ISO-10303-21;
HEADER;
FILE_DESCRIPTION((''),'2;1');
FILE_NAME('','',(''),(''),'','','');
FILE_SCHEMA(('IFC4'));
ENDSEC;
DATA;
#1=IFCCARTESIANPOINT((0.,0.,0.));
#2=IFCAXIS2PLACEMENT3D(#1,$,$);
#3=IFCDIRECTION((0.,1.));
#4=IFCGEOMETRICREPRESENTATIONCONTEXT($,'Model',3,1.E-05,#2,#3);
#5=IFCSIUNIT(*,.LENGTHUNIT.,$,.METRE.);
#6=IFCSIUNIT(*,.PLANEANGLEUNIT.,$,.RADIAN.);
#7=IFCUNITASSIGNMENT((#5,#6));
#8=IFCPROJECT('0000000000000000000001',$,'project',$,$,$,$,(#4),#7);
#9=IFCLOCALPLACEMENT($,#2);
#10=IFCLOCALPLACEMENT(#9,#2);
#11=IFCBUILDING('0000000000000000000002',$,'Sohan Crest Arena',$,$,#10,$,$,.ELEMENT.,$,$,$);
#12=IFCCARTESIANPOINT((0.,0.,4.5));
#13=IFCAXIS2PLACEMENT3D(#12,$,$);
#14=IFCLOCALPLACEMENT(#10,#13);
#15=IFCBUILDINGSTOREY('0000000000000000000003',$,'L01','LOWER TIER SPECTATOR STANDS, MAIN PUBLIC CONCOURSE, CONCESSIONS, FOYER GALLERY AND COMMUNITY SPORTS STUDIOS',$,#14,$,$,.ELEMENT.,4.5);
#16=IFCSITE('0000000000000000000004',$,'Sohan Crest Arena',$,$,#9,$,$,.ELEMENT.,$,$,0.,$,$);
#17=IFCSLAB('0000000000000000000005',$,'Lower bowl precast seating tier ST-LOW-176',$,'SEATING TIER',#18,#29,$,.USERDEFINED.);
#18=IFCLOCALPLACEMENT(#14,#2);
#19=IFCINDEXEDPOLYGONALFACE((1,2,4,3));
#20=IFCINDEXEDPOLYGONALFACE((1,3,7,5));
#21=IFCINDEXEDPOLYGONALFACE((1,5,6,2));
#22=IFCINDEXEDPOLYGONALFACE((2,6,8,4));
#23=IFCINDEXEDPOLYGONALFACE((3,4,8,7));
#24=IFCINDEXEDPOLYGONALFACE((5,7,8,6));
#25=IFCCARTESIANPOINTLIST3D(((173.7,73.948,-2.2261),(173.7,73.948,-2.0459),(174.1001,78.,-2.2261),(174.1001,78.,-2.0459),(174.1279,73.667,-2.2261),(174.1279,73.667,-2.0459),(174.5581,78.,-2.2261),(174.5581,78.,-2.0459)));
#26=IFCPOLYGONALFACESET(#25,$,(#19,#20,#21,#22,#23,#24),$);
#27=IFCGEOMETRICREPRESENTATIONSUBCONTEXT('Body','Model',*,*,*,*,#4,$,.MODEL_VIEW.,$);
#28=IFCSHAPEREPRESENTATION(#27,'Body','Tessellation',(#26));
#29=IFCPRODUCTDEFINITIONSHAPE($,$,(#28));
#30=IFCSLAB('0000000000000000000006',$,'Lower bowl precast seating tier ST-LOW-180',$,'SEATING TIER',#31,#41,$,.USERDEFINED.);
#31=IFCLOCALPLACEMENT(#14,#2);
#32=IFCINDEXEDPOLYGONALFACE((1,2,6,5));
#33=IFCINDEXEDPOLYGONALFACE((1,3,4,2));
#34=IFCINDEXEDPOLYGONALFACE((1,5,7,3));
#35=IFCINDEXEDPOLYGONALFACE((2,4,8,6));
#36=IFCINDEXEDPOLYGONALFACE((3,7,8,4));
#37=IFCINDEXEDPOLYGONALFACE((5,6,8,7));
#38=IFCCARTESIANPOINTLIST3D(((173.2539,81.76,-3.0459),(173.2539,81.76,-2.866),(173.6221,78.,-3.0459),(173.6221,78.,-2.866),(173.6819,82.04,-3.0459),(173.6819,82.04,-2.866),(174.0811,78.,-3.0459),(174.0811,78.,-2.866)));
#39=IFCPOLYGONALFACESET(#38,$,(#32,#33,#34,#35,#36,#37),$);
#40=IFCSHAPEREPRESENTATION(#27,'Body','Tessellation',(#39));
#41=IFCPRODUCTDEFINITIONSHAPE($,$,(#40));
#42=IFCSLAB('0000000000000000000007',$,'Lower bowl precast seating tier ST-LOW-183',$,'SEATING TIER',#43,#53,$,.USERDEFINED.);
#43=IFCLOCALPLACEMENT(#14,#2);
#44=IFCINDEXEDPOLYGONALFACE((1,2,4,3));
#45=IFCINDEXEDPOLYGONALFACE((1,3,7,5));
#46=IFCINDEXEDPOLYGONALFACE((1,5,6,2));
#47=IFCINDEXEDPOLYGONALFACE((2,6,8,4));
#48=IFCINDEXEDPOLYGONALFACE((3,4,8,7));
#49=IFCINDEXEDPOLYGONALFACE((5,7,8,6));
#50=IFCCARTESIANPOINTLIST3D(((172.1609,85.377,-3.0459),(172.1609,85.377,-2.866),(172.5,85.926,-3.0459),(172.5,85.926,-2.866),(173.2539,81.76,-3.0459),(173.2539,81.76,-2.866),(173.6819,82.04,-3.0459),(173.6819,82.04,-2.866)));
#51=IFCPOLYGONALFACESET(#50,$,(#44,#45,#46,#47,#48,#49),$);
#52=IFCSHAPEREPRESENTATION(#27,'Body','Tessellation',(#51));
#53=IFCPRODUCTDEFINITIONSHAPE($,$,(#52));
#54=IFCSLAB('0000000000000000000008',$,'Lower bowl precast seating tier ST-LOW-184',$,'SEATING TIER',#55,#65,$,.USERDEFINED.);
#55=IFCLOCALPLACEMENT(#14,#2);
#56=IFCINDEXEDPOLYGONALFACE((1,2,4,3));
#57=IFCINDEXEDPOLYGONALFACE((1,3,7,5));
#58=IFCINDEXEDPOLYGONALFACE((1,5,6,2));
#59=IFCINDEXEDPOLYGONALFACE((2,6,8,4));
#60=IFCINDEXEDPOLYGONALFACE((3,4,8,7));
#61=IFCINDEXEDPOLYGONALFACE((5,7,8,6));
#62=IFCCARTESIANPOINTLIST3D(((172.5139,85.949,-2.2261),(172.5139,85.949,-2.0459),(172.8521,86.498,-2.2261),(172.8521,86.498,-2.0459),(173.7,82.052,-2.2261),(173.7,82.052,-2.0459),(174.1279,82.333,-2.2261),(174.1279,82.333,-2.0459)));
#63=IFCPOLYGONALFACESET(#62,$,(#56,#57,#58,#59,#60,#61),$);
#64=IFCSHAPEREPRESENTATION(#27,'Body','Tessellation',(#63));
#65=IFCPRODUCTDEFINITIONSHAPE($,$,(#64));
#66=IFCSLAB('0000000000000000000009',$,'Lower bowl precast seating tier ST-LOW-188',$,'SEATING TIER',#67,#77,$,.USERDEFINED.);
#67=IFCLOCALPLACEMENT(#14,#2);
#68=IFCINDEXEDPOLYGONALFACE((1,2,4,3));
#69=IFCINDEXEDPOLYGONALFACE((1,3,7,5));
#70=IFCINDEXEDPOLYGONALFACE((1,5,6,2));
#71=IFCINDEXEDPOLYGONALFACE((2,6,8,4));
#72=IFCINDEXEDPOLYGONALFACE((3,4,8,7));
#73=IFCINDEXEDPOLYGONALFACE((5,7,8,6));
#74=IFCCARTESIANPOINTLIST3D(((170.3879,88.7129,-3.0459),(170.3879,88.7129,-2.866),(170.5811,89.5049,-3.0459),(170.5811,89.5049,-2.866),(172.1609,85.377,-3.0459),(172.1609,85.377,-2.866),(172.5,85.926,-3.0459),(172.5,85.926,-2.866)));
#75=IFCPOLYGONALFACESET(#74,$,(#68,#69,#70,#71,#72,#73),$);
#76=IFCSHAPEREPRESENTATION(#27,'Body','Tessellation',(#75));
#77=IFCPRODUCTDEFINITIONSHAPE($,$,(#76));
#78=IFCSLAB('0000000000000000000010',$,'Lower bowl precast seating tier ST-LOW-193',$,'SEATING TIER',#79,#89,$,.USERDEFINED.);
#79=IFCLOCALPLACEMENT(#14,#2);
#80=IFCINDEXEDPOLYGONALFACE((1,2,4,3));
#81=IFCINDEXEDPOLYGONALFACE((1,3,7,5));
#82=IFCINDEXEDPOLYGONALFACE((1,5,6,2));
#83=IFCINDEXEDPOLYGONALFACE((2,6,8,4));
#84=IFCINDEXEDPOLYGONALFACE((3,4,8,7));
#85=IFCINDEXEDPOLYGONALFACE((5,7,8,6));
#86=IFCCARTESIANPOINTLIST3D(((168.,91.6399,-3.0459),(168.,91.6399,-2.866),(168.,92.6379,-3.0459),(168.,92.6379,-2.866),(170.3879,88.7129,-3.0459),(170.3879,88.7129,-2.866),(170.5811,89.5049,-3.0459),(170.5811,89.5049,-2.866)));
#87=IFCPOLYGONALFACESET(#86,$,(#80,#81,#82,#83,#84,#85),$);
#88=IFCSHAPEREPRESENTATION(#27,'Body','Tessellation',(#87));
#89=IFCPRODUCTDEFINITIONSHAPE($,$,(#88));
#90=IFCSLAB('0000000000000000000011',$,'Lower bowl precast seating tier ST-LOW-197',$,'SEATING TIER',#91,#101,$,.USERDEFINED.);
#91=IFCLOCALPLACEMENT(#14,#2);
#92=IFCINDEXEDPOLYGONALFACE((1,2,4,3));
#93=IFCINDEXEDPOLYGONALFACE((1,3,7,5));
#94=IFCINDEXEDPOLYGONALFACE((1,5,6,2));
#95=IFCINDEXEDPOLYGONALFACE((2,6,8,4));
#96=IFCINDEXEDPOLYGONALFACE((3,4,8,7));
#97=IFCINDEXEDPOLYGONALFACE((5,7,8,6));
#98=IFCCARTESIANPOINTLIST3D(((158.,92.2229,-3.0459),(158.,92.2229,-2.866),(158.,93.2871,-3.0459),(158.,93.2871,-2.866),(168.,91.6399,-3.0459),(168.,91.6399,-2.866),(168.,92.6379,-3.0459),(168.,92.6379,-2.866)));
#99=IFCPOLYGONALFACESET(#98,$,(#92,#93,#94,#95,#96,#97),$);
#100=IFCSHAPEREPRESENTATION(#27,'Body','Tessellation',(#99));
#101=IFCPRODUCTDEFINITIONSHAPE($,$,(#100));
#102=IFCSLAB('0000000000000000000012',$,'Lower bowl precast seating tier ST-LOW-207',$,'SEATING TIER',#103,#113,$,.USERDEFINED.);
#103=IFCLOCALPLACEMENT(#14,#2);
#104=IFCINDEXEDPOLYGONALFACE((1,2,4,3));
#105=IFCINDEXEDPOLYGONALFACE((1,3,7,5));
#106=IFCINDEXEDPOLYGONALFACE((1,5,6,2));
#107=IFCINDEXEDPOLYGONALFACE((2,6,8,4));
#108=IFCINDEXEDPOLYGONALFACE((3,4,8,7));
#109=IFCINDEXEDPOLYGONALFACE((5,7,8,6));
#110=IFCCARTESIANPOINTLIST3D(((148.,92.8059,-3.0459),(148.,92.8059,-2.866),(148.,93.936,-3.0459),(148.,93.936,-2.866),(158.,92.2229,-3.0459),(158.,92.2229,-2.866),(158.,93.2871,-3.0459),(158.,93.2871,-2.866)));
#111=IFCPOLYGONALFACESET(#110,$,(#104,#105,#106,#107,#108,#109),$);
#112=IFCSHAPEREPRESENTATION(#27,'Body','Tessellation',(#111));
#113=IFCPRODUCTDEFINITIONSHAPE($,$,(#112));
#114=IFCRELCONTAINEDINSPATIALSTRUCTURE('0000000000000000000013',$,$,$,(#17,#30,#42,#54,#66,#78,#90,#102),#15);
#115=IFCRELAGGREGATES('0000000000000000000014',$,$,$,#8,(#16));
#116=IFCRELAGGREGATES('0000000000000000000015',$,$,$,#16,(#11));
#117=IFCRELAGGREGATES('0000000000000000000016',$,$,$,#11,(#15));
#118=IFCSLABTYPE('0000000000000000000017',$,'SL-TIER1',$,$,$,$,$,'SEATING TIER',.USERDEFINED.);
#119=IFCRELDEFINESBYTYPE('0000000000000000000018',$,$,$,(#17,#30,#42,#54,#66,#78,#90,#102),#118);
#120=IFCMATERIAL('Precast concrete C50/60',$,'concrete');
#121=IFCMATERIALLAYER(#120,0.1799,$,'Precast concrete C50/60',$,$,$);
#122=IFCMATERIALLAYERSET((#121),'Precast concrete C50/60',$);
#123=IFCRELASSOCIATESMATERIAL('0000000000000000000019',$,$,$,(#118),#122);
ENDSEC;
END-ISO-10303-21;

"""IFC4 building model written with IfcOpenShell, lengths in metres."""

from ifc_helpers import new_model, si_unit, direction, frame, origin, place, context, subcontext, project, spatial, polyline, outline, extrude, material, layer, layer_set, type_object, element, save


model = new_model("IFC4")

# Units and contexts
model_context = context("Model", 3, precision=1e-05, world=origin(), true_north=direction((0.0, 1.0)))
body_context = subcontext(model_context, "Body", "Model", "MODEL_VIEW")
ifc_project = project(units=[si_unit("LENGTHUNIT", "METRE"), si_unit("PLANEANGLEUNIT", "RADIAN")], contexts=[model_context])

# Site, building, storey
site_placement = place(None, origin())
site = spatial("IfcSite", under=ifc_project, at=site_placement, Name="Sohan Crest Arena", CompositionType="ELEMENT", RefElevation=0.0)
building_placement = place(site_placement, origin())
building = spatial("IfcBuilding", under=site, at=building_placement, Name="Sohan Crest Arena", CompositionType="ELEMENT")
storey_placement = place(building_placement, frame((0.0, 0.0, 4.5)))
storey = spatial("IfcBuildingStorey", under=building, at=storey_placement, Name="L01", Description="LOWER TIER SPECTATOR STANDS, MAIN PUBLIC CONCOURSE, CONCESSIONS, FOYER GALLERY AND COMMUNITY SPORTS STUDIOS", CompositionType="ELEMENT", Elevation=4.5)

# Slabs
ifc_material = material(Name="Precast concrete C50/60", Category="concrete")
ifc_layer = layer(ifc_material, 0.1799, Name="Precast concrete C50/60")
ifc_layer_set = layer_set([ifc_layer], Name="Precast concrete C50/60")
slab_type = type_object("IfcSlabType", Name="SL-TIER1", ElementType="SEATING TIER", PredefinedType="USERDEFINED", material=ifc_layer_set)
slab_1_placement = place(storey_placement, frame((0.0, 0.0, -2.2261)))
element("IfcSlab", 1, at=slab_1_placement, inside=storey, type_object=slab_type, Name="Lower bowl precast seating tier ST-LOW-176", ObjectType="SEATING TIER", PredefinedType="USERDEFINED", context=body_context, shape_type="SweptSolid", body=[
    extrude(outline(polyline([(173.7, 73.948), (174.1001, 78.0), (174.5581, 78.0), (174.1279, 73.667), (173.7, 73.948)])), origin(), (0.0, 0.0, 1.0), 0.1802),
])
slab_2_placement = place(storey_placement, frame((0.0, 0.0, -3.0459)))
element("IfcSlab", 2, at=slab_2_placement, inside=storey, type_object=slab_type, Name="Lower bowl precast seating tier ST-LOW-180", ObjectType="SEATING TIER", PredefinedType="USERDEFINED", context=body_context, shape_type="SweptSolid", body=[
    extrude(outline(polyline([(173.6221, 78.0), (173.2539, 81.76), (173.6819, 82.04), (174.0811, 78.0), (173.6221, 78.0)])), origin(), (0.0, 0.0, 1.0), 0.1799),
])
slab_3_placement = place(storey_placement, frame((0.0, 0.0, -3.0459)))
element("IfcSlab", 3, at=slab_3_placement, inside=storey, type_object=slab_type, Name="Lower bowl precast seating tier ST-LOW-183", ObjectType="SEATING TIER", PredefinedType="USERDEFINED", context=body_context, shape_type="SweptSolid", body=[
    extrude(outline(polyline([(173.2539, 81.76), (172.1609, 85.377), (172.5, 85.926), (173.6819, 82.04), (173.2539, 81.76)])), origin(), (0.0, 0.0, 1.0), 0.1799),
])
slab_4_placement = place(storey_placement, frame((0.0, 0.0, -2.2261)))
element("IfcSlab", 4, at=slab_4_placement, inside=storey, type_object=slab_type, Name="Lower bowl precast seating tier ST-LOW-184", ObjectType="SEATING TIER", PredefinedType="USERDEFINED", context=body_context, shape_type="SweptSolid", body=[
    extrude(outline(polyline([(173.7, 82.052), (172.5139, 85.949), (172.8521, 86.498), (174.1279, 82.333), (173.7, 82.052)])), origin(), (0.0, 0.0, 1.0), 0.1802),
])
slab_5_placement = place(storey_placement, frame((0.0, 0.0, -3.0459)))
element("IfcSlab", 5, at=slab_5_placement, inside=storey, type_object=slab_type, Name="Lower bowl precast seating tier ST-LOW-188", ObjectType="SEATING TIER", PredefinedType="USERDEFINED", context=body_context, shape_type="SweptSolid", body=[
    extrude(outline(polyline([(172.1609, 85.377), (170.3879, 88.7129), (170.5811, 89.5049), (172.5, 85.926), (172.1609, 85.377)])), origin(), (0.0, 0.0, 1.0), 0.1799),
])
slab_6_placement = place(storey_placement, frame((0.0, 0.0, -3.0459)))
element("IfcSlab", 6, at=slab_6_placement, inside=storey, type_object=slab_type, Name="Lower bowl precast seating tier ST-LOW-193", ObjectType="SEATING TIER", PredefinedType="USERDEFINED", context=body_context, shape_type="SweptSolid", body=[
    extrude(outline(polyline([(170.3879, 88.7129), (168.0, 91.6399), (168.0, 92.6379), (170.5811, 89.5049), (170.3879, 88.7129)])), origin(), (0.0, 0.0, 1.0), 0.1799),
])
slab_7_placement = place(storey_placement, frame((0.0, 0.0, -3.0459)))
element("IfcSlab", 7, at=slab_7_placement, inside=storey, type_object=slab_type, Name="Lower bowl precast seating tier ST-LOW-197", ObjectType="SEATING TIER", PredefinedType="USERDEFINED", context=body_context, shape_type="SweptSolid", body=[
    extrude(outline(polyline([(168.0, 91.6399), (158.0, 92.2229), (158.0, 93.2871), (168.0, 92.6379), (168.0, 91.6399)])), origin(), (0.0, 0.0, 1.0), 0.1799),
])
slab_8_placement = place(storey_placement, frame((0.0, 0.0, -3.0459)))
element("IfcSlab", 8, at=slab_8_placement, inside=storey, type_object=slab_type, Name="Lower bowl precast seating tier ST-LOW-207", ObjectType="SEATING TIER", PredefinedType="USERDEFINED", context=body_context, shape_type="SweptSolid", body=[
    extrude(outline(polyline([(158.0, 92.2229), (148.0, 92.8059), (148.0, 93.936), (158.0, 93.2871), (158.0, 92.2229)])), origin(), (0.0, 0.0, 1.0), 0.1799),
])

save(model, "model.ifc")
